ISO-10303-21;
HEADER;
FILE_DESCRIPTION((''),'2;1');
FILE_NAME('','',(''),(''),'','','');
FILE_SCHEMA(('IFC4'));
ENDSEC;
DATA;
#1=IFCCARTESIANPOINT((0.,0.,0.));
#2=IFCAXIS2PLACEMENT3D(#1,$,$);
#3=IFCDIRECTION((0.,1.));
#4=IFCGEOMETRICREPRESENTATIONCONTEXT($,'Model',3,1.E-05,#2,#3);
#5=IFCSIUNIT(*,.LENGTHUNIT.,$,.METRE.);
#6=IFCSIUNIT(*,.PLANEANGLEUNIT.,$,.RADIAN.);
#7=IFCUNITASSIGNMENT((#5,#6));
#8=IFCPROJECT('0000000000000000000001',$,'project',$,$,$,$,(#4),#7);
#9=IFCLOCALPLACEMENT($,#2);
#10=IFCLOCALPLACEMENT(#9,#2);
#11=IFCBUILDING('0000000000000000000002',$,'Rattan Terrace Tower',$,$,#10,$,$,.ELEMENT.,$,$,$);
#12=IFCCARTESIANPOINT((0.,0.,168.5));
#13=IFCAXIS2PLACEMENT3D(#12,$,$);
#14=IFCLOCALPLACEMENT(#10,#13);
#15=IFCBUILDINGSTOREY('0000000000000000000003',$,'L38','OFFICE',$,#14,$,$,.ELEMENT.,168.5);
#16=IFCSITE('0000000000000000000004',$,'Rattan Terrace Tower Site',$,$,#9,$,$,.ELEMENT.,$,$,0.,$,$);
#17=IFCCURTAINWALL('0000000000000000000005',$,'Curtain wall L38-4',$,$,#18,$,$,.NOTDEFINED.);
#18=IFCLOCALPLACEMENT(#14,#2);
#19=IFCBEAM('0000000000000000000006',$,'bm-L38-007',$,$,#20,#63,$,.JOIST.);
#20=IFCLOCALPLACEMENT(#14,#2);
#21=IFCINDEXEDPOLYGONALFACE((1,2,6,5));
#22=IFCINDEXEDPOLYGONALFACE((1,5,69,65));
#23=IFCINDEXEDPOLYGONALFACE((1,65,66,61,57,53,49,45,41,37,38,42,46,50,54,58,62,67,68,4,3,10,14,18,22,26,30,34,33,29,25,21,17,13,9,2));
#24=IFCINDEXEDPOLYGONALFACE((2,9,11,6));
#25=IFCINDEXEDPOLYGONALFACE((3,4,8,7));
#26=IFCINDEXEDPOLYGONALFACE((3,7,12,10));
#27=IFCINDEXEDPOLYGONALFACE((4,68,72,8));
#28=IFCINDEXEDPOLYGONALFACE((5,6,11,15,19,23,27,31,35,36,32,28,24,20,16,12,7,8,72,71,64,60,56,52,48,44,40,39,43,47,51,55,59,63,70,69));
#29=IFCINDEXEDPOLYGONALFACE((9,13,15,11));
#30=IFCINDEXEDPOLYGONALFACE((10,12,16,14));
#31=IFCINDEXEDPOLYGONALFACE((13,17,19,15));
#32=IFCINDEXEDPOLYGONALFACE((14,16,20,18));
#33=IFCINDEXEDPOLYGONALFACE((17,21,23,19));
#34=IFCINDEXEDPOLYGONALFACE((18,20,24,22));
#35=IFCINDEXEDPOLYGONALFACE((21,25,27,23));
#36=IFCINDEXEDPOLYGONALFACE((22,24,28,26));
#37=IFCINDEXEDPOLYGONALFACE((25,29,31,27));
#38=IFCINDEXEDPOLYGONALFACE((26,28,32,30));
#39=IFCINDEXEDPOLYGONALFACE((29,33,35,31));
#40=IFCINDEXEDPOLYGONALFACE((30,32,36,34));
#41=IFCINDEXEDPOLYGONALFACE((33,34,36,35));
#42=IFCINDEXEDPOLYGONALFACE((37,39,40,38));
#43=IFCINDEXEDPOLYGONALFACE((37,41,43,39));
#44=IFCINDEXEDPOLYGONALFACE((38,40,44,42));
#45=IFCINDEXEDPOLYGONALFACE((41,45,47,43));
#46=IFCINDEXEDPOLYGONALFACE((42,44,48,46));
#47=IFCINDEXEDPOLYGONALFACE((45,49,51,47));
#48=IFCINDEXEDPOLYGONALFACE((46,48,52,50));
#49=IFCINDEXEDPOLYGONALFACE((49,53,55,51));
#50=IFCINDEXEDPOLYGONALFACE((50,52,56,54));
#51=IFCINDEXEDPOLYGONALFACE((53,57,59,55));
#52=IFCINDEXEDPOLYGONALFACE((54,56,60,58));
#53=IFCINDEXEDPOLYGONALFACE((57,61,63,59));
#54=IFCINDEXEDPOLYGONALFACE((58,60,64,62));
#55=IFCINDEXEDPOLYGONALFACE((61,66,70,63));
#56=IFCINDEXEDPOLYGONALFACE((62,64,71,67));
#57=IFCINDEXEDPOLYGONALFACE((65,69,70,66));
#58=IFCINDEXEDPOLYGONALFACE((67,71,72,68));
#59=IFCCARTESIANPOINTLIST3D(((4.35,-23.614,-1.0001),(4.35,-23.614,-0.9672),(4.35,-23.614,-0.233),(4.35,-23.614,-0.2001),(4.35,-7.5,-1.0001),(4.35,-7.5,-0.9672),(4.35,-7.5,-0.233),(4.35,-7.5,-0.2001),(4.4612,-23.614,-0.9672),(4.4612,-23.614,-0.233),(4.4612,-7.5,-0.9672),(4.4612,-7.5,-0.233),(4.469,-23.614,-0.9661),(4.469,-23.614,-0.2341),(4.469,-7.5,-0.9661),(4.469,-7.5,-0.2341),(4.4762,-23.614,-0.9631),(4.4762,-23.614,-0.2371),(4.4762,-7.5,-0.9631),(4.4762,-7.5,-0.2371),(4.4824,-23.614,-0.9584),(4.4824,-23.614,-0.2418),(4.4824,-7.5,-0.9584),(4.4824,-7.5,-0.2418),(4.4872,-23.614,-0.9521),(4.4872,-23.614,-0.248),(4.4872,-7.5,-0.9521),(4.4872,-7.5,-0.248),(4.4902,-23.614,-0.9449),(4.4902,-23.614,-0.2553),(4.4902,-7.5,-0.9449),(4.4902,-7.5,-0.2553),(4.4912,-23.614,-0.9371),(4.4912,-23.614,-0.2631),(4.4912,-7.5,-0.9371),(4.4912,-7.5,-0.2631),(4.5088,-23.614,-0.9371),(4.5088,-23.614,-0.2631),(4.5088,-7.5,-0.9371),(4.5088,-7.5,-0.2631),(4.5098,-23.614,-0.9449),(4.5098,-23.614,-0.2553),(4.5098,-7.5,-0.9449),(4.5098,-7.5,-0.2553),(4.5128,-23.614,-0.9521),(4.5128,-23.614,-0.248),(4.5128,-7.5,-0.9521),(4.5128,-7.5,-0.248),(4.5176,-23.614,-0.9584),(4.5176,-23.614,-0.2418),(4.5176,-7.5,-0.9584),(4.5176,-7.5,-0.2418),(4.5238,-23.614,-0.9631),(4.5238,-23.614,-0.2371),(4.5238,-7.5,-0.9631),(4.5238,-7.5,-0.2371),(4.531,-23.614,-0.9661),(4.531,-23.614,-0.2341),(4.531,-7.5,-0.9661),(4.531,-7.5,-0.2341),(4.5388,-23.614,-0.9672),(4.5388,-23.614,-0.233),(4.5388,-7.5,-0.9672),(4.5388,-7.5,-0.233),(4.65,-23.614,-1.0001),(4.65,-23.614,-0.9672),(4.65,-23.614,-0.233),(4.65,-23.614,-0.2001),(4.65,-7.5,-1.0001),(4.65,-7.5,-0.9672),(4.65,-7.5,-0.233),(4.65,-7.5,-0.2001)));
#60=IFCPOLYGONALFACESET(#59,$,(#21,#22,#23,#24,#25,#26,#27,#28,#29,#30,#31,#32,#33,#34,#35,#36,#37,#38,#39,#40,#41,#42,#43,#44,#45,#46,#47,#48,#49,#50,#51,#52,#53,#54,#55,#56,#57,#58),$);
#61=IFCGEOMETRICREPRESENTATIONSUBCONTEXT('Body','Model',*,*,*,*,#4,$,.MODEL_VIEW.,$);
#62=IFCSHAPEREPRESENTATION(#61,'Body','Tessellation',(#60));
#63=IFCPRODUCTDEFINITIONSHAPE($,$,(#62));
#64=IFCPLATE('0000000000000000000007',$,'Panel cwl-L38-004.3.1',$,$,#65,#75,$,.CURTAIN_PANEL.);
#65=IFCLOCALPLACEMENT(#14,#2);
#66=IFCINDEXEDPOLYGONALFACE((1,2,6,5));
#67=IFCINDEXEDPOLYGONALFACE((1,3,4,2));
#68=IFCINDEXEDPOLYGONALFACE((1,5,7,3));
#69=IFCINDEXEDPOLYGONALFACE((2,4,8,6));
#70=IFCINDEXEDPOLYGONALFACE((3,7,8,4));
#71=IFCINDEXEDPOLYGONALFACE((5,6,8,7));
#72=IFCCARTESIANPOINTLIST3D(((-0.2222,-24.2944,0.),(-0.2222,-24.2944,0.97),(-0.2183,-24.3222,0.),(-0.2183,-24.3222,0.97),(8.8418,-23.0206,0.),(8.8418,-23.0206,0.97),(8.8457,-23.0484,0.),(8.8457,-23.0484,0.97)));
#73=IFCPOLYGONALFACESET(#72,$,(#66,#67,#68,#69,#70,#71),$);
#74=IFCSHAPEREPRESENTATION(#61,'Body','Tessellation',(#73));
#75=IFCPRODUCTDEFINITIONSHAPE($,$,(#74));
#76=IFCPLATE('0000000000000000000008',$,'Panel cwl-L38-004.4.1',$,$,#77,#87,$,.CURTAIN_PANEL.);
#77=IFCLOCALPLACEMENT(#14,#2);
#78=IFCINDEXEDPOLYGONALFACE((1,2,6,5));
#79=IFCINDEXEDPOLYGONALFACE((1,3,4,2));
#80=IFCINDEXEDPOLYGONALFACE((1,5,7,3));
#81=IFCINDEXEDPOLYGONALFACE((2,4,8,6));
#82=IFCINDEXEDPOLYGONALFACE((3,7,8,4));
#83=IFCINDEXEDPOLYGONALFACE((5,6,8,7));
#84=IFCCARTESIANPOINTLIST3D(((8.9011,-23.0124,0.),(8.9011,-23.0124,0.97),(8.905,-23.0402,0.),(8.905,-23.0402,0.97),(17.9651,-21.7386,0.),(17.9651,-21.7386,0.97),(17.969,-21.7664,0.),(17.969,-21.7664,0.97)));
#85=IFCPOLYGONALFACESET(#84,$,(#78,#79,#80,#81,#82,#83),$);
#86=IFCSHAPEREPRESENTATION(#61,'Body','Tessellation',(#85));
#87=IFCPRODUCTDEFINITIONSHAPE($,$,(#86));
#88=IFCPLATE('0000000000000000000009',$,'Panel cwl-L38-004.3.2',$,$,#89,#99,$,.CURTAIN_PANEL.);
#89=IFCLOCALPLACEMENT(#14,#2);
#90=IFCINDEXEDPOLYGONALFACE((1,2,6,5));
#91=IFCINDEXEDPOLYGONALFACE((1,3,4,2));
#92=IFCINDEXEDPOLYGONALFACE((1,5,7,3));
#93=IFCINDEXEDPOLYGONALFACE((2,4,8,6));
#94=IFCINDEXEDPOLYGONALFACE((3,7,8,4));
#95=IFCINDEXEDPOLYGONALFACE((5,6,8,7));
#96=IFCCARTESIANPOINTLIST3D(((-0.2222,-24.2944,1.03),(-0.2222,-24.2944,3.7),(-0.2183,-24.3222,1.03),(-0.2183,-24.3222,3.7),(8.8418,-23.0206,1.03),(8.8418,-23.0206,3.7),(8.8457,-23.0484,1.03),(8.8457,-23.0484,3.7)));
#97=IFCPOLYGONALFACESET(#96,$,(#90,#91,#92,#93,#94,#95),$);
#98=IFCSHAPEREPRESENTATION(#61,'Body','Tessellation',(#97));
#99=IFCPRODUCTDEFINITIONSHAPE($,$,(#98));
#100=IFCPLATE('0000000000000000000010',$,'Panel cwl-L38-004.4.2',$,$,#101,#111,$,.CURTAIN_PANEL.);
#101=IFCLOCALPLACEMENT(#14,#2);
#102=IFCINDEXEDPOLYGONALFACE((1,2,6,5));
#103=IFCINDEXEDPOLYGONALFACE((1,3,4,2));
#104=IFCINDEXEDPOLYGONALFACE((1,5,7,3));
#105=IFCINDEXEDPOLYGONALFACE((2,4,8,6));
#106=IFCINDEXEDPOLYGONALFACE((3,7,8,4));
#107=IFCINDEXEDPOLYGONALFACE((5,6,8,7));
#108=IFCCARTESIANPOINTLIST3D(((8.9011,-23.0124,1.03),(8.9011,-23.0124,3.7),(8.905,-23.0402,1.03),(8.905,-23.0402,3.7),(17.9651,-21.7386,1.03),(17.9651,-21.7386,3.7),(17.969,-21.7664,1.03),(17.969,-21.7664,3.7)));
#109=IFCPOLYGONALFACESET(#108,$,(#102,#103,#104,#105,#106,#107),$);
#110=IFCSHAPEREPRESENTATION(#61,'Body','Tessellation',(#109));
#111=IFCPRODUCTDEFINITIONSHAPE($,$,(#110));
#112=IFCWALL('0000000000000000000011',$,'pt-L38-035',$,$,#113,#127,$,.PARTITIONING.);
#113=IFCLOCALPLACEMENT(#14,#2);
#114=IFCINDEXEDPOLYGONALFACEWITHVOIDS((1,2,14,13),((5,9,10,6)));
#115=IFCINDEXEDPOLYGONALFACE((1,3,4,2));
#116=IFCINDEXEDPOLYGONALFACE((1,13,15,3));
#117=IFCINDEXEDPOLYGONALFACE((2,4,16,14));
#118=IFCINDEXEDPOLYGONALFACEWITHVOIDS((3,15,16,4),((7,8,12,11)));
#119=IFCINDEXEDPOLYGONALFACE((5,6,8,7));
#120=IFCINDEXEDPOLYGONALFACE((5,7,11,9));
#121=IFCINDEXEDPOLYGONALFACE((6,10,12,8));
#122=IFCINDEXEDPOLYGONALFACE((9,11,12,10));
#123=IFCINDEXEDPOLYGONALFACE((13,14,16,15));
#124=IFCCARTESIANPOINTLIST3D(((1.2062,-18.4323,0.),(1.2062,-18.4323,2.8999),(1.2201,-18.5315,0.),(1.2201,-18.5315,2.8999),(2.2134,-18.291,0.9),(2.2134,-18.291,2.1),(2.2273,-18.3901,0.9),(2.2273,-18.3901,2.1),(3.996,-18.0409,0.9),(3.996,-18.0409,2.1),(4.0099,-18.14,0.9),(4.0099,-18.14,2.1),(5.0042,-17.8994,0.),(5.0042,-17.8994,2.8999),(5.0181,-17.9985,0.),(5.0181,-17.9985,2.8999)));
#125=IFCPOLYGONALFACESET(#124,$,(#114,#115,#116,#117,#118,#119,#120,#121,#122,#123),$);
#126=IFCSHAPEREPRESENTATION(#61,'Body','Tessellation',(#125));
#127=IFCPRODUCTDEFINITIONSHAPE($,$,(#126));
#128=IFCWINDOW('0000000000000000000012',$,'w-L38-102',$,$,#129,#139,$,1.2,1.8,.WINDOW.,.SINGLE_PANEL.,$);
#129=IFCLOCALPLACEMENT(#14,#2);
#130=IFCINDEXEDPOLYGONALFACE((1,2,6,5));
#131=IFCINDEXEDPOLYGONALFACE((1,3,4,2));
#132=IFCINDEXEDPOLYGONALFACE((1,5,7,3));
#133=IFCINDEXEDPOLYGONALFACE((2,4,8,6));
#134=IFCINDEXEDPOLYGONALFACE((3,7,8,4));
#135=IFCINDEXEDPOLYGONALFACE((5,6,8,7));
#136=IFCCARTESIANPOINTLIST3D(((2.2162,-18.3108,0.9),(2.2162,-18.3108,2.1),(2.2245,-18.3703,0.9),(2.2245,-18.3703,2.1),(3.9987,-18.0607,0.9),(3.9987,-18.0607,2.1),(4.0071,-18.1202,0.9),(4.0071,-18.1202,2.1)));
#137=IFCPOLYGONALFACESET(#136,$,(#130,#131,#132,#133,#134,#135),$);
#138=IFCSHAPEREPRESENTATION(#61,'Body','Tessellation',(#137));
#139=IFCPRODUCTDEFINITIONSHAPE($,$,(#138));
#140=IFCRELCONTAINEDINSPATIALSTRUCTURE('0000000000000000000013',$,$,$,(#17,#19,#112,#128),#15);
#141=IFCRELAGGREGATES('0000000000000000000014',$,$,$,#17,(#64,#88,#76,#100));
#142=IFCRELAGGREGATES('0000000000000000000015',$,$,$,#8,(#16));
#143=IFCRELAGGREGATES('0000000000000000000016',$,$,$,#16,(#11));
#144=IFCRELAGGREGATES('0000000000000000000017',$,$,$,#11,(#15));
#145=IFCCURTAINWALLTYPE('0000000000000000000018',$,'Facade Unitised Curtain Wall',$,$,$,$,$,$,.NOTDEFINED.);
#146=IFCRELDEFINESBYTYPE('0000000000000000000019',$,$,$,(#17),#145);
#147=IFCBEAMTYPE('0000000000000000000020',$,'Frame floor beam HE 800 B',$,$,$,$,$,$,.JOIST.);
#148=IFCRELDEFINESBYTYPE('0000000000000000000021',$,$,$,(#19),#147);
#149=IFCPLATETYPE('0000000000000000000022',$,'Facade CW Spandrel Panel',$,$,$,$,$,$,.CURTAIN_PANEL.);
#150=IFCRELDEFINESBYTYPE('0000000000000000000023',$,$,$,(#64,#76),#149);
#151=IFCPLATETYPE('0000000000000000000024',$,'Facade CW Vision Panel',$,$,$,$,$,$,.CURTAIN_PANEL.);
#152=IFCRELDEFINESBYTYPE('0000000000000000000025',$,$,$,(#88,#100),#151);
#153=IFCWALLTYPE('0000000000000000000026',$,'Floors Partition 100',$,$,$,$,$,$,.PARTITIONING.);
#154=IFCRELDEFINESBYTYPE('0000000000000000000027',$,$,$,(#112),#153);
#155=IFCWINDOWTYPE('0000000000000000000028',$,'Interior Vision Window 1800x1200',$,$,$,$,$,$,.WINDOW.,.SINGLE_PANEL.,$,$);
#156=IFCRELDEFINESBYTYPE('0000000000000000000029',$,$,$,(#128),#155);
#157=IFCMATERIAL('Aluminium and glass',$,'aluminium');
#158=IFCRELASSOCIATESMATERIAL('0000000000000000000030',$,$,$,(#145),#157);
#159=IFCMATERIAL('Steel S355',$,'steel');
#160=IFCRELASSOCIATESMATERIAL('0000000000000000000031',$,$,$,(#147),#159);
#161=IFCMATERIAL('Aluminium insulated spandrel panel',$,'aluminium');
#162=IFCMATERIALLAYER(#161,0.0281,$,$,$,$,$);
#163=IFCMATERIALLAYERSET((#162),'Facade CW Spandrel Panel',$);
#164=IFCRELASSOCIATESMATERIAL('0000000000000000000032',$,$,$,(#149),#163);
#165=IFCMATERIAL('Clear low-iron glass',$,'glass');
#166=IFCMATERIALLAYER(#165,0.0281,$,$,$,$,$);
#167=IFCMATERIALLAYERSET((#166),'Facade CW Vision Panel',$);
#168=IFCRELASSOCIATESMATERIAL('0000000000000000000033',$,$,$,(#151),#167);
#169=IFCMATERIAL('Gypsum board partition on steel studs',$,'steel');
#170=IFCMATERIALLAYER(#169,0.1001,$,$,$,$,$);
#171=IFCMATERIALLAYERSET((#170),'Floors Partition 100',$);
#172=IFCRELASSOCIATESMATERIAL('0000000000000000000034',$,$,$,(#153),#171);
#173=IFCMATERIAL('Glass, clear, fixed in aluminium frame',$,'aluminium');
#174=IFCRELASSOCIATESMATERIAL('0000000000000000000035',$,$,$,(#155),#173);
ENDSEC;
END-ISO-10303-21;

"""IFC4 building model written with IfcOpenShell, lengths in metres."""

from ifc_helpers import new_model, si_unit, direction, frame, frame_2d, origin, origin_2d, place, context, subcontext, project, spatial, rectangle, i_section, extrude, material, layer, layer_set, material_profile, profile_set, type_object, element, fill, aggregate, save


model = new_model("IFC4")

# Units and contexts
model_context = context("Model", 3, precision=1e-05, world=origin(), true_north=direction((0.0, 1.0)))
body_context = subcontext(model_context, "Body", "Model", "MODEL_VIEW")
ifc_project = project(units=[si_unit("LENGTHUNIT", "METRE"), si_unit("PLANEANGLEUNIT", "RADIAN")], contexts=[model_context])

# Site, building, storey
site_placement = place(None, origin())
site = spatial("IfcSite", under=ifc_project, at=site_placement, Name="Rattan Terrace Tower Site", CompositionType="ELEMENT", RefElevation=0.0)
building_placement = place(site_placement, origin())
building = spatial("IfcBuilding", under=site, at=building_placement, Name="Rattan Terrace Tower", CompositionType="ELEMENT")
storey_placement = place(building_placement, frame((0.0, 0.0, 168.5)))
storey = spatial("IfcBuildingStorey", under=building, at=storey_placement, Name="L38", Description="OFFICE", CompositionType="ELEMENT", Elevation=168.5)

# Curtain wall
ifc_material_1 = material(Name="Aluminium and glass", Category="aluminium")
curtain_wall_type = type_object("IfcCurtainWallType", Name="Facade Unitised Curtain Wall", PredefinedType="NOTDEFINED", material=ifc_material_1)
curtain_wall_placement = place(storey_placement, origin())
curtain_wall = element("IfcCurtainWall", 1, at=curtain_wall_placement, inside=storey, type_object=curtain_wall_type, Name="Curtain wall L38-4", PredefinedType="NOTDEFINED")

# Beam
ifc_material_2 = material(Name="Steel S355", Category="steel")
ifc_material_profile_1 = material_profile(ifc_material_2, i_section(OverallWidth=0.3, OverallDepth=0.8, WebThickness=0.0176, FlangeThickness=0.033, FilletRadius=0.03, at=origin_2d()), Name="HE 800 B")
ifc_profile_set_1 = profile_set([ifc_material_profile_1], Name="Steel S355")
beam_type_1 = type_object("IfcBeamType", Name="Frame floor beam HE 800 B", PredefinedType="JOIST", material=ifc_profile_set_1)
beam_1_placement = place(storey_placement, frame((4.5, -23.614, -0.6001), z_axis=(0.0, 1.0, 0.0), x_axis=(-1.0, 0.0, 0.0)))
element("IfcBeam", 2, at=beam_1_placement, inside=storey, type_object=beam_type_1, Name="bm-L38-007", PredefinedType="JOIST", context=body_context, shape_type="SweptSolid", body=[
    extrude(i_section(OverallWidth=0.3, OverallDepth=0.8, WebThickness=0.0176, FlangeThickness=0.033, FilletRadius=0.03, at=origin_2d()), origin(), (0.0, 0.0, 1.0), 16.114),
])

# Plates
ifc_material_3 = material(Name="Aluminium insulated spandrel panel", Category="aluminium")
ifc_layer_1 = layer(ifc_material_3, 0.0281)
ifc_layer_set_1 = layer_set([ifc_layer_1], Name="Facade CW Spandrel Panel")
plate_type_1 = type_object("IfcPlateType", Name="Facade CW Spandrel Panel", PredefinedType="CURTAIN_PANEL", material=ifc_layer_set_1)
plate_1_placement = place(storey_placement, frame((4.3118, -23.6714, 0.0), z_axis=(0.0, 0.0, 1.0), x_axis=(0.99027, 0.139161, 0.0)))
plate_1 = element("IfcPlate", 3, at=plate_1_placement, type_object=plate_type_1, Name="Panel cwl-L38-004.3.1", PredefinedType="CURTAIN_PANEL", context=body_context, shape_type="SweptSolid", body=[
    extrude(rectangle(XDim=9.1531, YDim=0.0281, at=origin_2d()), origin(), (0.0, 0.0, 1.0), 0.97),
])
plate_2_placement = place(storey_placement, frame((13.4351, -22.3894, 0.0), z_axis=(0.0, 0.0, 1.0), x_axis=(0.99027, 0.139161, 0.0)))
plate_2 = element("IfcPlate", 4, at=plate_2_placement, type_object=plate_type_1, Name="Panel cwl-L38-004.4.1", PredefinedType="CURTAIN_PANEL", context=body_context, shape_type="SweptSolid", body=[
    extrude(rectangle(XDim=9.1531, YDim=0.0281, at=origin_2d()), origin(), (0.0, 0.0, 1.0), 0.97),
])
ifc_material_4 = material(Name="Clear low-iron glass", Category="glass")
ifc_layer_2 = layer(ifc_material_4, 0.0281)
ifc_layer_set_2 = layer_set([ifc_layer_2], Name="Facade CW Vision Panel")
plate_type_2 = type_object("IfcPlateType", Name="Facade CW Vision Panel", PredefinedType="CURTAIN_PANEL", material=ifc_layer_set_2)
plate_3_placement = place(storey_placement, frame((4.3118, -23.6714, 1.03), z_axis=(0.0, 0.0, 1.0), x_axis=(0.99027, 0.139161, 0.0)))
plate_3 = element("IfcPlate", 5, at=plate_3_placement, type_object=plate_type_2, Name="Panel cwl-L38-004.3.2", PredefinedType="CURTAIN_PANEL", context=body_context, shape_type="SweptSolid", body=[
    extrude(rectangle(XDim=9.1531, YDim=0.0281, at=origin_2d()), origin(), (0.0, 0.0, 1.0), 2.6699),
])
plate_4_placement = place(storey_placement, frame((13.4351, -22.3894, 1.03), z_axis=(0.0, 0.0, 1.0), x_axis=(0.99027, 0.139161, 0.0)))
plate_4 = element("IfcPlate", 6, at=plate_4_placement, type_object=plate_type_2, Name="Panel cwl-L38-004.4.2", PredefinedType="CURTAIN_PANEL", context=body_context, shape_type="SweptSolid", body=[
    extrude(rectangle(XDim=9.1531, YDim=0.0281, at=origin_2d()), origin(), (0.0, 0.0, 1.0), 2.6699),
])
aggregate(curtain_wall, [plate_1, plate_3, plate_2, plate_4])

# Wall, opening, window
ifc_material_5 = material(Name="Gypsum board partition on steel studs", Category="steel")
ifc_layer_3 = layer(ifc_material_5, 0.1001)
ifc_layer_set_3 = layer_set([ifc_layer_3], Name="Floors Partition 100")
wall_type_1 = type_object("IfcWallType", Name="Floors Partition 100", PredefinedType="PARTITIONING", material=ifc_layer_set_3)
wall_1_placement = place(storey_placement, frame((5.011, -17.949, 0.0), z_axis=(0.0, 0.0, 1.0), x_axis=(-0.990298, -0.138961, 0.0)))
wall_1 = element("IfcWall", 7, at=wall_1_placement, inside=storey, type_object=wall_type_1, Name="pt-L38-035", PredefinedType="PARTITIONING", context=body_context, shape_type="SweptSolid", body=[
    extrude(rectangle(XDim=3.8352, YDim=0.1001, at=frame_2d((1.9175, 0.0))), origin(), (0.0, 0.0, 1.0), 2.8999),
])
opening_1_placement = place(wall_1_placement, frame((1.0181, 0.0, 0.8999)))
opening_1 = element("IfcOpeningElement", 8, at=opening_1_placement, cuts=wall_1, PredefinedType="OPENING", context=body_context, shape_type="SweptSolid", body=[
    extrude(rectangle(XDim=1.8, YDim=1.2, at=frame_2d((0.8999, 0.6001))), frame((0.0, 0.0605, 0.0), z_axis=(0.0, -1.0, 0.0), x_axis=(1.0, 0.0, 0.0)), (0.0, 0.0, 1.0), 0.1211),
])
ifc_material_6 = material(Name="Glass, clear, fixed in aluminium frame", Category="aluminium")
window_type = type_object("IfcWindowType", Name="Interior Vision Window 1800x1200", PartitioningType="SINGLE_PANEL", PredefinedType="WINDOW", material=ifc_material_6)
window_1_placement = place(opening_1_placement, origin())
window_1 = element("IfcWindow", 9, at=window_1_placement, inside=storey, type_object=window_type, Name="w-L38-102", OverallHeight=1.2, OverallWidth=1.8, PartitioningType="SINGLE_PANEL", PredefinedType="WINDOW", context=body_context, shape_type="SweptSolid", body=[
    extrude(rectangle(XDim=1.8, YDim=1.2, at=frame_2d((0.8999, 0.6001))), frame((0.0, 0.03, 0.0), z_axis=(0.0, -1.0, 0.0), x_axis=(1.0, 0.0, 0.0)), (0.0, 0.0, 1.0), 0.0601),
])
fill(opening_1, window_1)

save(model, "model.ifc")
